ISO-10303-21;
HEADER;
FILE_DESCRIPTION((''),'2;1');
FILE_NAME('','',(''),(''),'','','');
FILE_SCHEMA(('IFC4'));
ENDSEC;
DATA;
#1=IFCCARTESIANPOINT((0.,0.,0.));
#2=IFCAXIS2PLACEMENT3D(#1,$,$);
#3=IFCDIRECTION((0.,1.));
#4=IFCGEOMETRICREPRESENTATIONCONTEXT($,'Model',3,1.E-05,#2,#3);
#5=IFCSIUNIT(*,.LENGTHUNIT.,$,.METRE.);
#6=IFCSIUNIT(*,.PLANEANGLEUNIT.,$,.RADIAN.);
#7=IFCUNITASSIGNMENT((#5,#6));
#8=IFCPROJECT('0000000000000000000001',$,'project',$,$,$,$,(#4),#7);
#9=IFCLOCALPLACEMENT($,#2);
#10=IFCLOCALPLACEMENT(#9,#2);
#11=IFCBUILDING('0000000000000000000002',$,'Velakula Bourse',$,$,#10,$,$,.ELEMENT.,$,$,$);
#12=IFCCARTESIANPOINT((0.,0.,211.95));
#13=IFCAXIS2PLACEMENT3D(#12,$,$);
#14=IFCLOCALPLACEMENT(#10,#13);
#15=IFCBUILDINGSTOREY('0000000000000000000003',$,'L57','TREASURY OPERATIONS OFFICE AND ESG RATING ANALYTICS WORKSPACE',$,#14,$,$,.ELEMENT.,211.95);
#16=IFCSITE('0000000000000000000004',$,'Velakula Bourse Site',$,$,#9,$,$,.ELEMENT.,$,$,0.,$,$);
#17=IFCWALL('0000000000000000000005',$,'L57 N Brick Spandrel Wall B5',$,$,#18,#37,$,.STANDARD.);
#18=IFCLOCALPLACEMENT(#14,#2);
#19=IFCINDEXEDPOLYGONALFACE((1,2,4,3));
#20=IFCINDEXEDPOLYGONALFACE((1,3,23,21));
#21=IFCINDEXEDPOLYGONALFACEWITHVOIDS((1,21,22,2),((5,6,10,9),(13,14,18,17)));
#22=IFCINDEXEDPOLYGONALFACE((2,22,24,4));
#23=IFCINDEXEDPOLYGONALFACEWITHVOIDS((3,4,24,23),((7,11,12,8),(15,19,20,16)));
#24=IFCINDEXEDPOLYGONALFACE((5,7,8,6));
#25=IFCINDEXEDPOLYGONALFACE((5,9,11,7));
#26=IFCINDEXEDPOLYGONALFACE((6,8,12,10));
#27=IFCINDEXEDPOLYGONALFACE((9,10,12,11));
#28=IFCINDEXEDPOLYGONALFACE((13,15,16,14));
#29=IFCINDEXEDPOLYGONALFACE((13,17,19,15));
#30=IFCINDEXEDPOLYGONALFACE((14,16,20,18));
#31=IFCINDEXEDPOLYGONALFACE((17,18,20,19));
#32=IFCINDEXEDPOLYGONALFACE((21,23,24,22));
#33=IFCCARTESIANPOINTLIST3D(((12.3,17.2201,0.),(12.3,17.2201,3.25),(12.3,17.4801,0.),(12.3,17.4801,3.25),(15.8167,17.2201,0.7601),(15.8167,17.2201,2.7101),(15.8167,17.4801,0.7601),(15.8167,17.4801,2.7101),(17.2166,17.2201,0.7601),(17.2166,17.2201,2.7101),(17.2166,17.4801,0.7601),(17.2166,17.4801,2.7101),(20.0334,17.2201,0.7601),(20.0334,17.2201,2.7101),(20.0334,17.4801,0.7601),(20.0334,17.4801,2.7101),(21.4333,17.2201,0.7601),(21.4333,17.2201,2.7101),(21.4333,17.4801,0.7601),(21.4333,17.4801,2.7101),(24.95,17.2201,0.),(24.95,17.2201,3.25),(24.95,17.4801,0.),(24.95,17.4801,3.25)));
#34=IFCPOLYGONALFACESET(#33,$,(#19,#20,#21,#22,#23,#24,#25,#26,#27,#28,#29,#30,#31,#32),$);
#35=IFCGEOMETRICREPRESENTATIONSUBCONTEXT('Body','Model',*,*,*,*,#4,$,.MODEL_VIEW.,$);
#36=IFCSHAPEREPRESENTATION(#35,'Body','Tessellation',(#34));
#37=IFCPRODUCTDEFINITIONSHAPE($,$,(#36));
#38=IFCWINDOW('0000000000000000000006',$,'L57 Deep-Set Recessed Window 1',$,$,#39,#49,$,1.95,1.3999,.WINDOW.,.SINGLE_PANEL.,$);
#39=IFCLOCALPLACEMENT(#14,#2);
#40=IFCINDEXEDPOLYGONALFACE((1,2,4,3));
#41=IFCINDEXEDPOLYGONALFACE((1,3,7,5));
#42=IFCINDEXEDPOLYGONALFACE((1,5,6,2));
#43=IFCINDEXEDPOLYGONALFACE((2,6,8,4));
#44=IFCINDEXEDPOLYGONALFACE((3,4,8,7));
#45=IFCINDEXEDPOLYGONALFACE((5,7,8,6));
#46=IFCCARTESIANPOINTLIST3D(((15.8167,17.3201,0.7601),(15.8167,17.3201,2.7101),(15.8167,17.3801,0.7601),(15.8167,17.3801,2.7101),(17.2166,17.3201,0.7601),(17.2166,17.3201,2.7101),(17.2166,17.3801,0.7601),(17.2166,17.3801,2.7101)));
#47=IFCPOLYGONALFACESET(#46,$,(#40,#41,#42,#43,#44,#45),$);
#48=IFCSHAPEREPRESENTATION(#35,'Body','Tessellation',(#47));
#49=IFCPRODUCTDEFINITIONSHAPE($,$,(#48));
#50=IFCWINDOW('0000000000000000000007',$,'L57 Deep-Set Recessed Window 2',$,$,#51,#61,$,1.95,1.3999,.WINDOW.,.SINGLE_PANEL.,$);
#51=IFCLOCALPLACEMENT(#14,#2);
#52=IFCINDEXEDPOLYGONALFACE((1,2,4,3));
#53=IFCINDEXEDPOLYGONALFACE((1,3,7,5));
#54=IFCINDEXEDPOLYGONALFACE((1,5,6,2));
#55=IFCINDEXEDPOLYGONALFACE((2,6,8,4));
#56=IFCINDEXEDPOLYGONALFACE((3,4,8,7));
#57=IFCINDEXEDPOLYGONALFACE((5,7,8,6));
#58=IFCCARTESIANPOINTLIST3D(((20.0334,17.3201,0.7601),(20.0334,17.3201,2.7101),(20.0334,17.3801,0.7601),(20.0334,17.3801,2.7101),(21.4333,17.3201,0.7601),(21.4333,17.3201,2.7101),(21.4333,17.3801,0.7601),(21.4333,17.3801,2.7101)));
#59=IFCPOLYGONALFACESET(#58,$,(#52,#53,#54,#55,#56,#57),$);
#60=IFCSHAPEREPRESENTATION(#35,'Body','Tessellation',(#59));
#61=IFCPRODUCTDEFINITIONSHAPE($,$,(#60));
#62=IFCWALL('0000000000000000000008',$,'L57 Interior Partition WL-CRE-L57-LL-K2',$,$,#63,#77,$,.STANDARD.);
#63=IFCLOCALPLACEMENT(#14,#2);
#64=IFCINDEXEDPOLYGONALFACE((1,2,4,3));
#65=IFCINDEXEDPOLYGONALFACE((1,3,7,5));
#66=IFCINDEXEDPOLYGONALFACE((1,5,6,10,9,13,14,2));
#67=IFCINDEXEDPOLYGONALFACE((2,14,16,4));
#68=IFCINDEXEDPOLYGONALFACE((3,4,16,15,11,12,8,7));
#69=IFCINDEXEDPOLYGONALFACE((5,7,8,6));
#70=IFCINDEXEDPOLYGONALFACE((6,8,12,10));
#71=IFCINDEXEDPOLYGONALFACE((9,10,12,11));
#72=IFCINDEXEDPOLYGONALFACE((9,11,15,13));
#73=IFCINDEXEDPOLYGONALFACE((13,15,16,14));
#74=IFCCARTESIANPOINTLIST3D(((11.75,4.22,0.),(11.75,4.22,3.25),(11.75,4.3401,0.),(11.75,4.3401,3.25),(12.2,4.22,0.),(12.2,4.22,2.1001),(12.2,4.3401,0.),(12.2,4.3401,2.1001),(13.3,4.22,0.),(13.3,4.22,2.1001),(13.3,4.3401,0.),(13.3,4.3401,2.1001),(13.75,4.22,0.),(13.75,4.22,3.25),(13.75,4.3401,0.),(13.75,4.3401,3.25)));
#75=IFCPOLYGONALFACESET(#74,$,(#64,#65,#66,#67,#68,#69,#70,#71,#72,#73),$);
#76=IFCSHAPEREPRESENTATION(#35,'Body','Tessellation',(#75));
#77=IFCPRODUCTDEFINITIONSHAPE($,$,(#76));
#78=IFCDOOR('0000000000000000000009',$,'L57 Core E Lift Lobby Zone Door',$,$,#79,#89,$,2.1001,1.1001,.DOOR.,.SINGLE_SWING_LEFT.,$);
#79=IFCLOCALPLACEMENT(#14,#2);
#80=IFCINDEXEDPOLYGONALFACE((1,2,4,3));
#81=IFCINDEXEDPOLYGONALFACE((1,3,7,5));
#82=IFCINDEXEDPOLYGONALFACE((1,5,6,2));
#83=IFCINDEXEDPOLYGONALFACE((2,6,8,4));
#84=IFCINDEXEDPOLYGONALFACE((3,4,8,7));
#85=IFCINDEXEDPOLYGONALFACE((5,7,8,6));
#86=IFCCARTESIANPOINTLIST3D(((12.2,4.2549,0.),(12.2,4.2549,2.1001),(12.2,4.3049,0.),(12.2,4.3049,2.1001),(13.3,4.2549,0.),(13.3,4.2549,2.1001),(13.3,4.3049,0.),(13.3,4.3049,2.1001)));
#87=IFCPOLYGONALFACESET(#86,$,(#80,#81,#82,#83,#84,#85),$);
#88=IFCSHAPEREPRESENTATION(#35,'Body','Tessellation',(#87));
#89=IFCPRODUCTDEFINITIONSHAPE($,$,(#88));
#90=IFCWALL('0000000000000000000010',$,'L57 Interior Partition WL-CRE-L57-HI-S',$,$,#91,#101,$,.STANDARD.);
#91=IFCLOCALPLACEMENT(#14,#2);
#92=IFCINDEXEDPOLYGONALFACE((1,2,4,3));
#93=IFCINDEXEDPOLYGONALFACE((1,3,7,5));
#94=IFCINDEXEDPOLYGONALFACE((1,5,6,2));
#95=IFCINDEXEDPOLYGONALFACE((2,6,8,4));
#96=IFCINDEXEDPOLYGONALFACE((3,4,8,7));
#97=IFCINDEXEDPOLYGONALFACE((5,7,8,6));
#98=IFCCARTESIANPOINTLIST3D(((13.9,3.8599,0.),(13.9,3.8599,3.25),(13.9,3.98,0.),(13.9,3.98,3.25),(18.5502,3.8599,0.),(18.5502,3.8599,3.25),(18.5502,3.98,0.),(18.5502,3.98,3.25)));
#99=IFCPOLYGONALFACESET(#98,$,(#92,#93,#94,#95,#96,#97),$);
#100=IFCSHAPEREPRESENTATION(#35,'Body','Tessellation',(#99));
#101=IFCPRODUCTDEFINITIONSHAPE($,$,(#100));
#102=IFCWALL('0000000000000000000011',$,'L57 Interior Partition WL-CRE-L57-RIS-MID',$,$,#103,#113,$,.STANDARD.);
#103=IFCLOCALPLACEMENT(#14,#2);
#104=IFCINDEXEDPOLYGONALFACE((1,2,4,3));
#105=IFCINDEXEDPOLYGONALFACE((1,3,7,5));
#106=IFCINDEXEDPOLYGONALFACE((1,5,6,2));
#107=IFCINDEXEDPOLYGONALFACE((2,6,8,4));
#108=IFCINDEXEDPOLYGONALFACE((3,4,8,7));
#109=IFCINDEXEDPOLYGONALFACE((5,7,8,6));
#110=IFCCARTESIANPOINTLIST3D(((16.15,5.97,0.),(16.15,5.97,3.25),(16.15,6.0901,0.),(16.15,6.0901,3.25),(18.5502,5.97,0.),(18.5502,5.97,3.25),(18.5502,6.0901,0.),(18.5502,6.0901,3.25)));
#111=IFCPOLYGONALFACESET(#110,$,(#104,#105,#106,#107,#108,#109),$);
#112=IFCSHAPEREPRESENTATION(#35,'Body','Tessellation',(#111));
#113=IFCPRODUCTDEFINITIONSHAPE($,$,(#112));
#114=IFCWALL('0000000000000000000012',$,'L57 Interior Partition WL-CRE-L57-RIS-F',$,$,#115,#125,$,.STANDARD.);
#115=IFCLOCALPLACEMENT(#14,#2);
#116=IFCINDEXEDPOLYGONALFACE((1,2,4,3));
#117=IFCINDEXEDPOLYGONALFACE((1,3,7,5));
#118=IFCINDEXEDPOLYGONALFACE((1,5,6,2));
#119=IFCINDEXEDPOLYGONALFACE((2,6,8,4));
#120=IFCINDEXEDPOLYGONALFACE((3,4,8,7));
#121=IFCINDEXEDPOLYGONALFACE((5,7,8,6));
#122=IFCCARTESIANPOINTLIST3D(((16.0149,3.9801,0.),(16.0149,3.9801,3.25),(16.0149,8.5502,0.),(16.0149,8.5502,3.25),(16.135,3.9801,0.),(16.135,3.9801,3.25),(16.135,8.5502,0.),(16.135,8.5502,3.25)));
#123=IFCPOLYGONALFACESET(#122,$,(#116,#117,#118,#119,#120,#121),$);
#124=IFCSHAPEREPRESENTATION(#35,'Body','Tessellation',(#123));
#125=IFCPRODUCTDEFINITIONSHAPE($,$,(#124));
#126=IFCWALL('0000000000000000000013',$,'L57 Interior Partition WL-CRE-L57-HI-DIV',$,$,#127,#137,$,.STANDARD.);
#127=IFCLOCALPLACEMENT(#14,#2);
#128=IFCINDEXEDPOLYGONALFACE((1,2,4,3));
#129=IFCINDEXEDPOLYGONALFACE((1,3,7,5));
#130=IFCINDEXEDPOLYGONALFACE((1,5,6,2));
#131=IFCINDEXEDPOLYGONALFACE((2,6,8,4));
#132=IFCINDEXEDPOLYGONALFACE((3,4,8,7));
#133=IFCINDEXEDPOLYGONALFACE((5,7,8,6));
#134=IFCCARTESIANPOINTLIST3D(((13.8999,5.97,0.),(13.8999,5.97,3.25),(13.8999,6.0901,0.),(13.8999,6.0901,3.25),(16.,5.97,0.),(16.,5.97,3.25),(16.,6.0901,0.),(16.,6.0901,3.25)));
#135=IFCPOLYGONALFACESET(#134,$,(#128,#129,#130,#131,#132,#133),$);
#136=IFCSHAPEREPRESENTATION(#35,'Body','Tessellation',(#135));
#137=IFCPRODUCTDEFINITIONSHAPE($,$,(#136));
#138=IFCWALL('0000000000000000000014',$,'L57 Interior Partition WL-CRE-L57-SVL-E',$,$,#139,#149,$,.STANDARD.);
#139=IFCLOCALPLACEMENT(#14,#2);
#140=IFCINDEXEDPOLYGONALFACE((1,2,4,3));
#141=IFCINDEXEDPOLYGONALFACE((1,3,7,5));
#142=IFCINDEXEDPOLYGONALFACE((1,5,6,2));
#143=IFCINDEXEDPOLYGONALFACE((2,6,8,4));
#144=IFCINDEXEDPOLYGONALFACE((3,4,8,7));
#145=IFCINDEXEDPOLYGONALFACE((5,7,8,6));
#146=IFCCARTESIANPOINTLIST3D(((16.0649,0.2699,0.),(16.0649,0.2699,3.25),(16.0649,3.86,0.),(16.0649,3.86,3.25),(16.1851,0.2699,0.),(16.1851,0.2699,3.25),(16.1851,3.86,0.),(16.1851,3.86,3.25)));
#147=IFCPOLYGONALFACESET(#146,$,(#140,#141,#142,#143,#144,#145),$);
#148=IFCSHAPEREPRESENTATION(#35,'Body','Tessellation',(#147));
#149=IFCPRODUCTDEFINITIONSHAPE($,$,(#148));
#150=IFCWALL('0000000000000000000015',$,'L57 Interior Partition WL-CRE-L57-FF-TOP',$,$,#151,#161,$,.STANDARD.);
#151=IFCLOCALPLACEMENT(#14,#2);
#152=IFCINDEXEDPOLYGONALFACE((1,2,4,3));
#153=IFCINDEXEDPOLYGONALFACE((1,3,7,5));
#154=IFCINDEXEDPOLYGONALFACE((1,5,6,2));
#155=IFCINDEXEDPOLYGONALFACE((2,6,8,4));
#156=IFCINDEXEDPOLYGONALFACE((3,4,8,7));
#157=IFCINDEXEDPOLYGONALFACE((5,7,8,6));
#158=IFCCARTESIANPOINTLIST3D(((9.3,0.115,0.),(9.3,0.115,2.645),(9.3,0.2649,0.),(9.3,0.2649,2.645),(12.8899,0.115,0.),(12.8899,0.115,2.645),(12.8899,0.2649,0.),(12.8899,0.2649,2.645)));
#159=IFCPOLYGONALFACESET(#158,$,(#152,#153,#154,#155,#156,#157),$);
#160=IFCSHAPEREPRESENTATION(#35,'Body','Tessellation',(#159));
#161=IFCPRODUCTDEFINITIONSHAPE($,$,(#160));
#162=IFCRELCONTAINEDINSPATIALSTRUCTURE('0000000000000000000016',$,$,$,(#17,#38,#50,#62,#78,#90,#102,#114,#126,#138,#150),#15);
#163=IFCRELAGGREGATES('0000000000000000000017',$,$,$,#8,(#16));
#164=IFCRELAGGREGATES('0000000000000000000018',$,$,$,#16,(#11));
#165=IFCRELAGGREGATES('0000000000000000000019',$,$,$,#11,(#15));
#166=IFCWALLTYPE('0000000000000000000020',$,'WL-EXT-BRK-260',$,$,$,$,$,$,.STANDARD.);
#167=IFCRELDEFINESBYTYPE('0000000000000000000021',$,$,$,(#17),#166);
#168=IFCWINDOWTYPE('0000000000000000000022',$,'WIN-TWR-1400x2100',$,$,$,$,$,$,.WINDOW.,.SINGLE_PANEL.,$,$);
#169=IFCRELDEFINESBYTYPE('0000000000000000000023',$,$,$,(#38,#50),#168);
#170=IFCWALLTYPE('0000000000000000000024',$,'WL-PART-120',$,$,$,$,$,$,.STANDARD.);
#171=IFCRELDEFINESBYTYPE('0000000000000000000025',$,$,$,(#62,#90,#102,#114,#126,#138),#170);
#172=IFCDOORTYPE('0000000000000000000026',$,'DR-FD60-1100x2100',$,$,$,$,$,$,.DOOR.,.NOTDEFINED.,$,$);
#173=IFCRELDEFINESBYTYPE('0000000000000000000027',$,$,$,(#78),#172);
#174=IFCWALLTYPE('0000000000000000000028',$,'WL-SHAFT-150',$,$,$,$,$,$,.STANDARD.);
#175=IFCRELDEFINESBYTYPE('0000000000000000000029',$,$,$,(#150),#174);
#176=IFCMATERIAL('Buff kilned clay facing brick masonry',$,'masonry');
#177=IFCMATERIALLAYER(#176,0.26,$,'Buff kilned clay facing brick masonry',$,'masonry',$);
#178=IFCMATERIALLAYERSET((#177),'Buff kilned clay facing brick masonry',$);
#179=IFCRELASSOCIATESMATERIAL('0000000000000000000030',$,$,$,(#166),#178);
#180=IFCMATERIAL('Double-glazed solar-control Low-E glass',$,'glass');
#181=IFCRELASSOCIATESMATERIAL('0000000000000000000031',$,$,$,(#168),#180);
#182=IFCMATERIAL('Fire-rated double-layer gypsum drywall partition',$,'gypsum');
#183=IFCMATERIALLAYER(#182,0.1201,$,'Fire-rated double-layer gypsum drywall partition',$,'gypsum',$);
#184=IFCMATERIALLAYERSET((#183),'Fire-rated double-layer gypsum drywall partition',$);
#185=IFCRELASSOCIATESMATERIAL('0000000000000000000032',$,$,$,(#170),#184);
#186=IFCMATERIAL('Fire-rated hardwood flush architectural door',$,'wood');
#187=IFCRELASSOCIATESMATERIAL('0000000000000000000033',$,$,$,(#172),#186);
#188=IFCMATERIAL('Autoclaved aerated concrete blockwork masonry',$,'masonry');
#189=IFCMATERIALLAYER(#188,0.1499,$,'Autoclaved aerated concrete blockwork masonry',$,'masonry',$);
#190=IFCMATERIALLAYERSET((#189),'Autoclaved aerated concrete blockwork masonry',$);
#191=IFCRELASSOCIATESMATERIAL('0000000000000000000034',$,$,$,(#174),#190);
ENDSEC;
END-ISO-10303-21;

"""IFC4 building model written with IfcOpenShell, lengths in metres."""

from ifc_helpers import new_model, si_unit, direction, frame, frame_2d, origin, place, context, subcontext, project, spatial, rectangle, extrude, material, layer, layer_set, type_object, element, fill, save


model = new_model("IFC4")

# Units and contexts
model_context = context("Model", 3, precision=1e-05, world=origin(), true_north=direction((0.0, 1.0)))
body_context = subcontext(model_context, "Body", "Model", "MODEL_VIEW")
ifc_project = project(units=[si_unit("LENGTHUNIT", "METRE"), si_unit("PLANEANGLEUNIT", "RADIAN")], contexts=[model_context])

# Site, building, storey
site_placement = place(None, origin())
site = spatial("IfcSite", under=ifc_project, at=site_placement, Name="Velakula Bourse Site", CompositionType="ELEMENT", RefElevation=0.0)
building_placement = place(site_placement, origin())
building = spatial("IfcBuilding", under=site, at=building_placement, Name="Velakula Bourse", CompositionType="ELEMENT")
storey_placement = place(building_placement, frame((0.0, 0.0, 211.95)))
storey = spatial("IfcBuildingStorey", under=building, at=storey_placement, Name="L57", Description="TREASURY OPERATIONS OFFICE AND ESG RATING ANALYTICS WORKSPACE", CompositionType="ELEMENT", Elevation=211.95)

# Wall, openings, windows
ifc_material_1 = material(Name="Buff kilned clay facing brick masonry", Category="masonry")
ifc_layer_1 = layer(ifc_material_1, 0.26, Name="Buff kilned clay facing brick masonry", Category="masonry")
ifc_layer_set_1 = layer_set([ifc_layer_1], Name="Buff kilned clay facing brick masonry")
wall_type_1 = type_object("IfcWallType", Name="WL-EXT-BRK-260", PredefinedType="STANDARD", material=ifc_layer_set_1)
wall_1_placement = place(storey_placement, frame((12.3, 17.3501, 0.0), z_axis=(0.0, 0.0, 1.0), x_axis=(1.0, 0.0, 0.0)))
wall_1 = element("IfcWall", 1, at=wall_1_placement, inside=storey, type_object=wall_type_1, Name="L57 N Brick Spandrel Wall B5", PredefinedType="STANDARD", context=body_context, shape_type="SweptSolid", body=[
    extrude(rectangle(XDim=12.6499, YDim=0.26, at=frame_2d((6.325, 0.0))), origin(), (0.0, 0.0, 1.0), 3.25),
])
opening_1_placement = place(wall_1_placement, frame((3.5166, 0.0, 0.76)))
opening_1 = element("IfcOpeningElement", 2, at=opening_1_placement, cuts=wall_1, PredefinedType="OPENING", context=body_context, shape_type="SweptSolid", body=[
    extrude(rectangle(XDim=1.3999, YDim=1.95, at=frame_2d((0.7, 0.9751))), frame((0.0, 0.1399, 0.0), z_axis=(0.0, -1.0, 0.0), x_axis=(1.0, 0.0, 0.0)), (0.0, 0.0, 1.0), 0.28),
])
opening_2_placement = place(wall_1_placement, frame((7.7334, 0.0, 0.76)))
opening_2 = element("IfcOpeningElement", 3, at=opening_2_placement, cuts=wall_1, PredefinedType="OPENING", context=body_context, shape_type="SweptSolid", body=[
    extrude(rectangle(XDim=1.3999, YDim=1.95, at=frame_2d((0.7, 0.9751))), frame((0.0, 0.1399, 0.0), z_axis=(0.0, -1.0, 0.0), x_axis=(1.0, 0.0, 0.0)), (0.0, 0.0, 1.0), 0.28),
])
ifc_material_2 = material(Name="Double-glazed solar-control Low-E glass", Category="glass")
window_type = type_object("IfcWindowType", Name="WIN-TWR-1400x2100", PartitioningType="SINGLE_PANEL", PredefinedType="WINDOW", material=ifc_material_2)
window_1_placement = place(opening_1_placement, origin())
window_1 = element("IfcWindow", 4, at=window_1_placement, inside=storey, type_object=window_type, Name="L57 Deep-Set Recessed Window 1", OverallHeight=1.95, OverallWidth=1.3999, PartitioningType="SINGLE_PANEL", PredefinedType="WINDOW", context=body_context, shape_type="SweptSolid", body=[
    extrude(rectangle(XDim=1.3999, YDim=1.95, at=frame_2d((0.7, 0.9751))), frame((0.0, 0.03, 0.0), z_axis=(0.0, -1.0, 0.0), x_axis=(1.0, 0.0, 0.0)), (0.0, 0.0, 1.0), 0.0601),
])
fill(opening_1, window_1)
window_2_placement = place(opening_2_placement, origin())
window_2 = element("IfcWindow", 5, at=window_2_placement, inside=storey, type_object=window_type, Name="L57 Deep-Set Recessed Window 2", OverallHeight=1.95, OverallWidth=1.3999, PartitioningType="SINGLE_PANEL", PredefinedType="WINDOW", context=body_context, shape_type="SweptSolid", body=[
    extrude(rectangle(XDim=1.3999, YDim=1.95, at=frame_2d((0.7, 0.9751))), frame((0.0, 0.03, 0.0), z_axis=(0.0, -1.0, 0.0), x_axis=(1.0, 0.0, 0.0)), (0.0, 0.0, 1.0), 0.0601),
])
fill(opening_2, window_2)

# Wall, opening, door
ifc_material_3 = material(Name="Fire-rated double-layer gypsum drywall partition", Category="gypsum")
ifc_layer_2 = layer(ifc_material_3, 0.1201, Name="Fire-rated double-layer gypsum drywall partition", Category="gypsum")
ifc_layer_set_2 = layer_set([ifc_layer_2], Name="Fire-rated double-layer gypsum drywall partition")
wall_type_2 = type_object("IfcWallType", Name="WL-PART-120", PredefinedType="STANDARD", material=ifc_layer_set_2)
wall_2_placement = place(storey_placement, frame((11.75, 4.28, 0.0), z_axis=(0.0, 0.0, 1.0), x_axis=(1.0, 0.0, 0.0)))
wall_2 = element("IfcWall", 6, at=wall_2_placement, inside=storey, type_object=wall_type_2, Name="L57 Interior Partition WL-CRE-L57-LL-K2", PredefinedType="STANDARD", context=body_context, shape_type="SweptSolid", body=[
    extrude(rectangle(XDim=2.0, YDim=0.1201, at=frame_2d((1.0, 0.0))), origin(), (0.0, 0.0, 1.0), 3.25),
])
opening_3_placement = place(wall_2_placement, frame((0.45, 0.0, 0.0)))
opening_3 = element("IfcOpeningElement", 7, at=opening_3_placement, cuts=wall_2, PredefinedType="OPENING", context=body_context, shape_type="SweptSolid", body=[
    extrude(rectangle(XDim=1.1001, YDim=2.1001, at=frame_2d((0.55, 1.05))), frame((0.0, 0.0701, 0.0), z_axis=(0.0, -1.0, 0.0), x_axis=(1.0, 0.0, 0.0)), (0.0, 0.0, 1.0), 0.1401),
])
ifc_material_4 = material(Name="Fire-rated hardwood flush architectural door", Category="wood")
door_type_1 = type_object("IfcDoorType", Name="DR-FD60-1100x2100", OperationType="NOTDEFINED", PredefinedType="DOOR", material=ifc_material_4)
door_1_placement = place(opening_3_placement, origin())
door_1 = element("IfcDoor", 8, at=door_1_placement, inside=storey, type_object=door_type_1, Name="L57 Core E Lift Lobby Zone Door", OperationType="SINGLE_SWING_LEFT", OverallHeight=2.1001, OverallWidth=1.1001, PredefinedType="DOOR", context=body_context, shape_type="SweptSolid", body=[
    extrude(rectangle(XDim=1.1001, YDim=2.1001, at=frame_2d((0.55, 1.05))), frame((0.0, 0.0249, 0.0), z_axis=(0.0, -1.0, 0.0), x_axis=(1.0, 0.0, 0.0)), (0.0, 0.0, 1.0), 0.05),
])
fill(opening_3, door_1)

# Walls
wall_3_placement = place(storey_placement, frame((13.8999, 3.9199, 0.0), z_axis=(0.0, 0.0, 1.0), x_axis=(1.0, 0.0, 0.0)))
element("IfcWall", 9, at=wall_3_placement, inside=storey, type_object=wall_type_2, Name="L57 Interior Partition WL-CRE-L57-HI-S", PredefinedType="STANDARD", context=body_context, shape_type="SweptSolid", body=[
    extrude(rectangle(XDim=4.6501, YDim=0.1201, at=frame_2d((2.3252, 0.0))), origin(), (0.0, 0.0, 1.0), 3.25),
])
wall_4_placement = place(storey_placement, frame((16.1499, 6.03, 0.0), z_axis=(0.0, 0.0, 1.0), x_axis=(1.0, 0.0, 0.0)))
element("IfcWall", 10, at=wall_4_placement, inside=storey, type_object=wall_type_2, Name="L57 Interior Partition WL-CRE-L57-RIS-MID", PredefinedType="STANDARD", context=body_context, shape_type="SweptSolid", body=[
    extrude(rectangle(XDim=2.4001, YDim=0.1201, at=frame_2d((1.2002, 0.0))), origin(), (0.0, 0.0, 1.0), 3.25),
])
wall_5_placement = place(storey_placement, frame((16.075, 3.98, 0.0), z_axis=(0.0, 0.0, 1.0), x_axis=(0.0, 1.0, 0.0)))
element("IfcWall", 11, at=wall_5_placement, inside=storey, type_object=wall_type_2, Name="L57 Interior Partition WL-CRE-L57-RIS-F", PredefinedType="STANDARD", context=body_context, shape_type="SweptSolid", body=[
    extrude(rectangle(XDim=4.5701, YDim=0.1201, at=frame_2d((2.2852, 0.0))), origin(), (0.0, 0.0, 1.0), 3.25),
])
wall_6_placement = place(storey_placement, frame((13.8999, 6.03, 0.0), z_axis=(0.0, 0.0, 1.0), x_axis=(1.0, 0.0, 0.0)))
element("IfcWall", 12, at=wall_6_placement, inside=storey, type_object=wall_type_2, Name="L57 Interior Partition WL-CRE-L57-HI-DIV", PredefinedType="STANDARD", context=body_context, shape_type="SweptSolid", body=[
    extrude(rectangle(XDim=2.1001, YDim=0.1201, at=frame_2d((1.05, 0.0))), origin(), (0.0, 0.0, 1.0), 3.25),
])
wall_7_placement = place(storey_placement, frame((16.125, 0.27, 0.0), z_axis=(0.0, 0.0, 1.0), x_axis=(0.0, 1.0, 0.0)))
element("IfcWall", 13, at=wall_7_placement, inside=storey, type_object=wall_type_2, Name="L57 Interior Partition WL-CRE-L57-SVL-E", PredefinedType="STANDARD", context=body_context, shape_type="SweptSolid", body=[
    extrude(rectangle(XDim=3.5901, YDim=0.1201, at=frame_2d((1.7949, 0.0))), origin(), (0.0, 0.0, 1.0), 3.25),
])
ifc_material_5 = material(Name="Autoclaved aerated concrete blockwork masonry", Category="masonry")
ifc_layer_3 = layer(ifc_material_5, 0.1499, Name="Autoclaved aerated concrete blockwork masonry", Category="masonry")
ifc_layer_set_3 = layer_set([ifc_layer_3], Name="Autoclaved aerated concrete blockwork masonry")
wall_type_3 = type_object("IfcWallType", Name="WL-SHAFT-150", PredefinedType="STANDARD", material=ifc_layer_set_3)
wall_8_placement = place(storey_placement, frame((9.3, 0.1899, 0.0), z_axis=(0.0, 0.0, 1.0), x_axis=(1.0, 0.0, 0.0)))
element("IfcWall", 14, at=wall_8_placement, inside=storey, type_object=wall_type_3, Name="L57 Interior Partition WL-CRE-L57-FF-TOP", PredefinedType="STANDARD", context=body_context, shape_type="SweptSolid", body=[
    extrude(rectangle(XDim=3.5898, YDim=0.1499, at=frame_2d((1.7949, 0.0))), origin(), (0.0, 0.0, 1.0), 2.645),
])

save(model, "model.ifc")
